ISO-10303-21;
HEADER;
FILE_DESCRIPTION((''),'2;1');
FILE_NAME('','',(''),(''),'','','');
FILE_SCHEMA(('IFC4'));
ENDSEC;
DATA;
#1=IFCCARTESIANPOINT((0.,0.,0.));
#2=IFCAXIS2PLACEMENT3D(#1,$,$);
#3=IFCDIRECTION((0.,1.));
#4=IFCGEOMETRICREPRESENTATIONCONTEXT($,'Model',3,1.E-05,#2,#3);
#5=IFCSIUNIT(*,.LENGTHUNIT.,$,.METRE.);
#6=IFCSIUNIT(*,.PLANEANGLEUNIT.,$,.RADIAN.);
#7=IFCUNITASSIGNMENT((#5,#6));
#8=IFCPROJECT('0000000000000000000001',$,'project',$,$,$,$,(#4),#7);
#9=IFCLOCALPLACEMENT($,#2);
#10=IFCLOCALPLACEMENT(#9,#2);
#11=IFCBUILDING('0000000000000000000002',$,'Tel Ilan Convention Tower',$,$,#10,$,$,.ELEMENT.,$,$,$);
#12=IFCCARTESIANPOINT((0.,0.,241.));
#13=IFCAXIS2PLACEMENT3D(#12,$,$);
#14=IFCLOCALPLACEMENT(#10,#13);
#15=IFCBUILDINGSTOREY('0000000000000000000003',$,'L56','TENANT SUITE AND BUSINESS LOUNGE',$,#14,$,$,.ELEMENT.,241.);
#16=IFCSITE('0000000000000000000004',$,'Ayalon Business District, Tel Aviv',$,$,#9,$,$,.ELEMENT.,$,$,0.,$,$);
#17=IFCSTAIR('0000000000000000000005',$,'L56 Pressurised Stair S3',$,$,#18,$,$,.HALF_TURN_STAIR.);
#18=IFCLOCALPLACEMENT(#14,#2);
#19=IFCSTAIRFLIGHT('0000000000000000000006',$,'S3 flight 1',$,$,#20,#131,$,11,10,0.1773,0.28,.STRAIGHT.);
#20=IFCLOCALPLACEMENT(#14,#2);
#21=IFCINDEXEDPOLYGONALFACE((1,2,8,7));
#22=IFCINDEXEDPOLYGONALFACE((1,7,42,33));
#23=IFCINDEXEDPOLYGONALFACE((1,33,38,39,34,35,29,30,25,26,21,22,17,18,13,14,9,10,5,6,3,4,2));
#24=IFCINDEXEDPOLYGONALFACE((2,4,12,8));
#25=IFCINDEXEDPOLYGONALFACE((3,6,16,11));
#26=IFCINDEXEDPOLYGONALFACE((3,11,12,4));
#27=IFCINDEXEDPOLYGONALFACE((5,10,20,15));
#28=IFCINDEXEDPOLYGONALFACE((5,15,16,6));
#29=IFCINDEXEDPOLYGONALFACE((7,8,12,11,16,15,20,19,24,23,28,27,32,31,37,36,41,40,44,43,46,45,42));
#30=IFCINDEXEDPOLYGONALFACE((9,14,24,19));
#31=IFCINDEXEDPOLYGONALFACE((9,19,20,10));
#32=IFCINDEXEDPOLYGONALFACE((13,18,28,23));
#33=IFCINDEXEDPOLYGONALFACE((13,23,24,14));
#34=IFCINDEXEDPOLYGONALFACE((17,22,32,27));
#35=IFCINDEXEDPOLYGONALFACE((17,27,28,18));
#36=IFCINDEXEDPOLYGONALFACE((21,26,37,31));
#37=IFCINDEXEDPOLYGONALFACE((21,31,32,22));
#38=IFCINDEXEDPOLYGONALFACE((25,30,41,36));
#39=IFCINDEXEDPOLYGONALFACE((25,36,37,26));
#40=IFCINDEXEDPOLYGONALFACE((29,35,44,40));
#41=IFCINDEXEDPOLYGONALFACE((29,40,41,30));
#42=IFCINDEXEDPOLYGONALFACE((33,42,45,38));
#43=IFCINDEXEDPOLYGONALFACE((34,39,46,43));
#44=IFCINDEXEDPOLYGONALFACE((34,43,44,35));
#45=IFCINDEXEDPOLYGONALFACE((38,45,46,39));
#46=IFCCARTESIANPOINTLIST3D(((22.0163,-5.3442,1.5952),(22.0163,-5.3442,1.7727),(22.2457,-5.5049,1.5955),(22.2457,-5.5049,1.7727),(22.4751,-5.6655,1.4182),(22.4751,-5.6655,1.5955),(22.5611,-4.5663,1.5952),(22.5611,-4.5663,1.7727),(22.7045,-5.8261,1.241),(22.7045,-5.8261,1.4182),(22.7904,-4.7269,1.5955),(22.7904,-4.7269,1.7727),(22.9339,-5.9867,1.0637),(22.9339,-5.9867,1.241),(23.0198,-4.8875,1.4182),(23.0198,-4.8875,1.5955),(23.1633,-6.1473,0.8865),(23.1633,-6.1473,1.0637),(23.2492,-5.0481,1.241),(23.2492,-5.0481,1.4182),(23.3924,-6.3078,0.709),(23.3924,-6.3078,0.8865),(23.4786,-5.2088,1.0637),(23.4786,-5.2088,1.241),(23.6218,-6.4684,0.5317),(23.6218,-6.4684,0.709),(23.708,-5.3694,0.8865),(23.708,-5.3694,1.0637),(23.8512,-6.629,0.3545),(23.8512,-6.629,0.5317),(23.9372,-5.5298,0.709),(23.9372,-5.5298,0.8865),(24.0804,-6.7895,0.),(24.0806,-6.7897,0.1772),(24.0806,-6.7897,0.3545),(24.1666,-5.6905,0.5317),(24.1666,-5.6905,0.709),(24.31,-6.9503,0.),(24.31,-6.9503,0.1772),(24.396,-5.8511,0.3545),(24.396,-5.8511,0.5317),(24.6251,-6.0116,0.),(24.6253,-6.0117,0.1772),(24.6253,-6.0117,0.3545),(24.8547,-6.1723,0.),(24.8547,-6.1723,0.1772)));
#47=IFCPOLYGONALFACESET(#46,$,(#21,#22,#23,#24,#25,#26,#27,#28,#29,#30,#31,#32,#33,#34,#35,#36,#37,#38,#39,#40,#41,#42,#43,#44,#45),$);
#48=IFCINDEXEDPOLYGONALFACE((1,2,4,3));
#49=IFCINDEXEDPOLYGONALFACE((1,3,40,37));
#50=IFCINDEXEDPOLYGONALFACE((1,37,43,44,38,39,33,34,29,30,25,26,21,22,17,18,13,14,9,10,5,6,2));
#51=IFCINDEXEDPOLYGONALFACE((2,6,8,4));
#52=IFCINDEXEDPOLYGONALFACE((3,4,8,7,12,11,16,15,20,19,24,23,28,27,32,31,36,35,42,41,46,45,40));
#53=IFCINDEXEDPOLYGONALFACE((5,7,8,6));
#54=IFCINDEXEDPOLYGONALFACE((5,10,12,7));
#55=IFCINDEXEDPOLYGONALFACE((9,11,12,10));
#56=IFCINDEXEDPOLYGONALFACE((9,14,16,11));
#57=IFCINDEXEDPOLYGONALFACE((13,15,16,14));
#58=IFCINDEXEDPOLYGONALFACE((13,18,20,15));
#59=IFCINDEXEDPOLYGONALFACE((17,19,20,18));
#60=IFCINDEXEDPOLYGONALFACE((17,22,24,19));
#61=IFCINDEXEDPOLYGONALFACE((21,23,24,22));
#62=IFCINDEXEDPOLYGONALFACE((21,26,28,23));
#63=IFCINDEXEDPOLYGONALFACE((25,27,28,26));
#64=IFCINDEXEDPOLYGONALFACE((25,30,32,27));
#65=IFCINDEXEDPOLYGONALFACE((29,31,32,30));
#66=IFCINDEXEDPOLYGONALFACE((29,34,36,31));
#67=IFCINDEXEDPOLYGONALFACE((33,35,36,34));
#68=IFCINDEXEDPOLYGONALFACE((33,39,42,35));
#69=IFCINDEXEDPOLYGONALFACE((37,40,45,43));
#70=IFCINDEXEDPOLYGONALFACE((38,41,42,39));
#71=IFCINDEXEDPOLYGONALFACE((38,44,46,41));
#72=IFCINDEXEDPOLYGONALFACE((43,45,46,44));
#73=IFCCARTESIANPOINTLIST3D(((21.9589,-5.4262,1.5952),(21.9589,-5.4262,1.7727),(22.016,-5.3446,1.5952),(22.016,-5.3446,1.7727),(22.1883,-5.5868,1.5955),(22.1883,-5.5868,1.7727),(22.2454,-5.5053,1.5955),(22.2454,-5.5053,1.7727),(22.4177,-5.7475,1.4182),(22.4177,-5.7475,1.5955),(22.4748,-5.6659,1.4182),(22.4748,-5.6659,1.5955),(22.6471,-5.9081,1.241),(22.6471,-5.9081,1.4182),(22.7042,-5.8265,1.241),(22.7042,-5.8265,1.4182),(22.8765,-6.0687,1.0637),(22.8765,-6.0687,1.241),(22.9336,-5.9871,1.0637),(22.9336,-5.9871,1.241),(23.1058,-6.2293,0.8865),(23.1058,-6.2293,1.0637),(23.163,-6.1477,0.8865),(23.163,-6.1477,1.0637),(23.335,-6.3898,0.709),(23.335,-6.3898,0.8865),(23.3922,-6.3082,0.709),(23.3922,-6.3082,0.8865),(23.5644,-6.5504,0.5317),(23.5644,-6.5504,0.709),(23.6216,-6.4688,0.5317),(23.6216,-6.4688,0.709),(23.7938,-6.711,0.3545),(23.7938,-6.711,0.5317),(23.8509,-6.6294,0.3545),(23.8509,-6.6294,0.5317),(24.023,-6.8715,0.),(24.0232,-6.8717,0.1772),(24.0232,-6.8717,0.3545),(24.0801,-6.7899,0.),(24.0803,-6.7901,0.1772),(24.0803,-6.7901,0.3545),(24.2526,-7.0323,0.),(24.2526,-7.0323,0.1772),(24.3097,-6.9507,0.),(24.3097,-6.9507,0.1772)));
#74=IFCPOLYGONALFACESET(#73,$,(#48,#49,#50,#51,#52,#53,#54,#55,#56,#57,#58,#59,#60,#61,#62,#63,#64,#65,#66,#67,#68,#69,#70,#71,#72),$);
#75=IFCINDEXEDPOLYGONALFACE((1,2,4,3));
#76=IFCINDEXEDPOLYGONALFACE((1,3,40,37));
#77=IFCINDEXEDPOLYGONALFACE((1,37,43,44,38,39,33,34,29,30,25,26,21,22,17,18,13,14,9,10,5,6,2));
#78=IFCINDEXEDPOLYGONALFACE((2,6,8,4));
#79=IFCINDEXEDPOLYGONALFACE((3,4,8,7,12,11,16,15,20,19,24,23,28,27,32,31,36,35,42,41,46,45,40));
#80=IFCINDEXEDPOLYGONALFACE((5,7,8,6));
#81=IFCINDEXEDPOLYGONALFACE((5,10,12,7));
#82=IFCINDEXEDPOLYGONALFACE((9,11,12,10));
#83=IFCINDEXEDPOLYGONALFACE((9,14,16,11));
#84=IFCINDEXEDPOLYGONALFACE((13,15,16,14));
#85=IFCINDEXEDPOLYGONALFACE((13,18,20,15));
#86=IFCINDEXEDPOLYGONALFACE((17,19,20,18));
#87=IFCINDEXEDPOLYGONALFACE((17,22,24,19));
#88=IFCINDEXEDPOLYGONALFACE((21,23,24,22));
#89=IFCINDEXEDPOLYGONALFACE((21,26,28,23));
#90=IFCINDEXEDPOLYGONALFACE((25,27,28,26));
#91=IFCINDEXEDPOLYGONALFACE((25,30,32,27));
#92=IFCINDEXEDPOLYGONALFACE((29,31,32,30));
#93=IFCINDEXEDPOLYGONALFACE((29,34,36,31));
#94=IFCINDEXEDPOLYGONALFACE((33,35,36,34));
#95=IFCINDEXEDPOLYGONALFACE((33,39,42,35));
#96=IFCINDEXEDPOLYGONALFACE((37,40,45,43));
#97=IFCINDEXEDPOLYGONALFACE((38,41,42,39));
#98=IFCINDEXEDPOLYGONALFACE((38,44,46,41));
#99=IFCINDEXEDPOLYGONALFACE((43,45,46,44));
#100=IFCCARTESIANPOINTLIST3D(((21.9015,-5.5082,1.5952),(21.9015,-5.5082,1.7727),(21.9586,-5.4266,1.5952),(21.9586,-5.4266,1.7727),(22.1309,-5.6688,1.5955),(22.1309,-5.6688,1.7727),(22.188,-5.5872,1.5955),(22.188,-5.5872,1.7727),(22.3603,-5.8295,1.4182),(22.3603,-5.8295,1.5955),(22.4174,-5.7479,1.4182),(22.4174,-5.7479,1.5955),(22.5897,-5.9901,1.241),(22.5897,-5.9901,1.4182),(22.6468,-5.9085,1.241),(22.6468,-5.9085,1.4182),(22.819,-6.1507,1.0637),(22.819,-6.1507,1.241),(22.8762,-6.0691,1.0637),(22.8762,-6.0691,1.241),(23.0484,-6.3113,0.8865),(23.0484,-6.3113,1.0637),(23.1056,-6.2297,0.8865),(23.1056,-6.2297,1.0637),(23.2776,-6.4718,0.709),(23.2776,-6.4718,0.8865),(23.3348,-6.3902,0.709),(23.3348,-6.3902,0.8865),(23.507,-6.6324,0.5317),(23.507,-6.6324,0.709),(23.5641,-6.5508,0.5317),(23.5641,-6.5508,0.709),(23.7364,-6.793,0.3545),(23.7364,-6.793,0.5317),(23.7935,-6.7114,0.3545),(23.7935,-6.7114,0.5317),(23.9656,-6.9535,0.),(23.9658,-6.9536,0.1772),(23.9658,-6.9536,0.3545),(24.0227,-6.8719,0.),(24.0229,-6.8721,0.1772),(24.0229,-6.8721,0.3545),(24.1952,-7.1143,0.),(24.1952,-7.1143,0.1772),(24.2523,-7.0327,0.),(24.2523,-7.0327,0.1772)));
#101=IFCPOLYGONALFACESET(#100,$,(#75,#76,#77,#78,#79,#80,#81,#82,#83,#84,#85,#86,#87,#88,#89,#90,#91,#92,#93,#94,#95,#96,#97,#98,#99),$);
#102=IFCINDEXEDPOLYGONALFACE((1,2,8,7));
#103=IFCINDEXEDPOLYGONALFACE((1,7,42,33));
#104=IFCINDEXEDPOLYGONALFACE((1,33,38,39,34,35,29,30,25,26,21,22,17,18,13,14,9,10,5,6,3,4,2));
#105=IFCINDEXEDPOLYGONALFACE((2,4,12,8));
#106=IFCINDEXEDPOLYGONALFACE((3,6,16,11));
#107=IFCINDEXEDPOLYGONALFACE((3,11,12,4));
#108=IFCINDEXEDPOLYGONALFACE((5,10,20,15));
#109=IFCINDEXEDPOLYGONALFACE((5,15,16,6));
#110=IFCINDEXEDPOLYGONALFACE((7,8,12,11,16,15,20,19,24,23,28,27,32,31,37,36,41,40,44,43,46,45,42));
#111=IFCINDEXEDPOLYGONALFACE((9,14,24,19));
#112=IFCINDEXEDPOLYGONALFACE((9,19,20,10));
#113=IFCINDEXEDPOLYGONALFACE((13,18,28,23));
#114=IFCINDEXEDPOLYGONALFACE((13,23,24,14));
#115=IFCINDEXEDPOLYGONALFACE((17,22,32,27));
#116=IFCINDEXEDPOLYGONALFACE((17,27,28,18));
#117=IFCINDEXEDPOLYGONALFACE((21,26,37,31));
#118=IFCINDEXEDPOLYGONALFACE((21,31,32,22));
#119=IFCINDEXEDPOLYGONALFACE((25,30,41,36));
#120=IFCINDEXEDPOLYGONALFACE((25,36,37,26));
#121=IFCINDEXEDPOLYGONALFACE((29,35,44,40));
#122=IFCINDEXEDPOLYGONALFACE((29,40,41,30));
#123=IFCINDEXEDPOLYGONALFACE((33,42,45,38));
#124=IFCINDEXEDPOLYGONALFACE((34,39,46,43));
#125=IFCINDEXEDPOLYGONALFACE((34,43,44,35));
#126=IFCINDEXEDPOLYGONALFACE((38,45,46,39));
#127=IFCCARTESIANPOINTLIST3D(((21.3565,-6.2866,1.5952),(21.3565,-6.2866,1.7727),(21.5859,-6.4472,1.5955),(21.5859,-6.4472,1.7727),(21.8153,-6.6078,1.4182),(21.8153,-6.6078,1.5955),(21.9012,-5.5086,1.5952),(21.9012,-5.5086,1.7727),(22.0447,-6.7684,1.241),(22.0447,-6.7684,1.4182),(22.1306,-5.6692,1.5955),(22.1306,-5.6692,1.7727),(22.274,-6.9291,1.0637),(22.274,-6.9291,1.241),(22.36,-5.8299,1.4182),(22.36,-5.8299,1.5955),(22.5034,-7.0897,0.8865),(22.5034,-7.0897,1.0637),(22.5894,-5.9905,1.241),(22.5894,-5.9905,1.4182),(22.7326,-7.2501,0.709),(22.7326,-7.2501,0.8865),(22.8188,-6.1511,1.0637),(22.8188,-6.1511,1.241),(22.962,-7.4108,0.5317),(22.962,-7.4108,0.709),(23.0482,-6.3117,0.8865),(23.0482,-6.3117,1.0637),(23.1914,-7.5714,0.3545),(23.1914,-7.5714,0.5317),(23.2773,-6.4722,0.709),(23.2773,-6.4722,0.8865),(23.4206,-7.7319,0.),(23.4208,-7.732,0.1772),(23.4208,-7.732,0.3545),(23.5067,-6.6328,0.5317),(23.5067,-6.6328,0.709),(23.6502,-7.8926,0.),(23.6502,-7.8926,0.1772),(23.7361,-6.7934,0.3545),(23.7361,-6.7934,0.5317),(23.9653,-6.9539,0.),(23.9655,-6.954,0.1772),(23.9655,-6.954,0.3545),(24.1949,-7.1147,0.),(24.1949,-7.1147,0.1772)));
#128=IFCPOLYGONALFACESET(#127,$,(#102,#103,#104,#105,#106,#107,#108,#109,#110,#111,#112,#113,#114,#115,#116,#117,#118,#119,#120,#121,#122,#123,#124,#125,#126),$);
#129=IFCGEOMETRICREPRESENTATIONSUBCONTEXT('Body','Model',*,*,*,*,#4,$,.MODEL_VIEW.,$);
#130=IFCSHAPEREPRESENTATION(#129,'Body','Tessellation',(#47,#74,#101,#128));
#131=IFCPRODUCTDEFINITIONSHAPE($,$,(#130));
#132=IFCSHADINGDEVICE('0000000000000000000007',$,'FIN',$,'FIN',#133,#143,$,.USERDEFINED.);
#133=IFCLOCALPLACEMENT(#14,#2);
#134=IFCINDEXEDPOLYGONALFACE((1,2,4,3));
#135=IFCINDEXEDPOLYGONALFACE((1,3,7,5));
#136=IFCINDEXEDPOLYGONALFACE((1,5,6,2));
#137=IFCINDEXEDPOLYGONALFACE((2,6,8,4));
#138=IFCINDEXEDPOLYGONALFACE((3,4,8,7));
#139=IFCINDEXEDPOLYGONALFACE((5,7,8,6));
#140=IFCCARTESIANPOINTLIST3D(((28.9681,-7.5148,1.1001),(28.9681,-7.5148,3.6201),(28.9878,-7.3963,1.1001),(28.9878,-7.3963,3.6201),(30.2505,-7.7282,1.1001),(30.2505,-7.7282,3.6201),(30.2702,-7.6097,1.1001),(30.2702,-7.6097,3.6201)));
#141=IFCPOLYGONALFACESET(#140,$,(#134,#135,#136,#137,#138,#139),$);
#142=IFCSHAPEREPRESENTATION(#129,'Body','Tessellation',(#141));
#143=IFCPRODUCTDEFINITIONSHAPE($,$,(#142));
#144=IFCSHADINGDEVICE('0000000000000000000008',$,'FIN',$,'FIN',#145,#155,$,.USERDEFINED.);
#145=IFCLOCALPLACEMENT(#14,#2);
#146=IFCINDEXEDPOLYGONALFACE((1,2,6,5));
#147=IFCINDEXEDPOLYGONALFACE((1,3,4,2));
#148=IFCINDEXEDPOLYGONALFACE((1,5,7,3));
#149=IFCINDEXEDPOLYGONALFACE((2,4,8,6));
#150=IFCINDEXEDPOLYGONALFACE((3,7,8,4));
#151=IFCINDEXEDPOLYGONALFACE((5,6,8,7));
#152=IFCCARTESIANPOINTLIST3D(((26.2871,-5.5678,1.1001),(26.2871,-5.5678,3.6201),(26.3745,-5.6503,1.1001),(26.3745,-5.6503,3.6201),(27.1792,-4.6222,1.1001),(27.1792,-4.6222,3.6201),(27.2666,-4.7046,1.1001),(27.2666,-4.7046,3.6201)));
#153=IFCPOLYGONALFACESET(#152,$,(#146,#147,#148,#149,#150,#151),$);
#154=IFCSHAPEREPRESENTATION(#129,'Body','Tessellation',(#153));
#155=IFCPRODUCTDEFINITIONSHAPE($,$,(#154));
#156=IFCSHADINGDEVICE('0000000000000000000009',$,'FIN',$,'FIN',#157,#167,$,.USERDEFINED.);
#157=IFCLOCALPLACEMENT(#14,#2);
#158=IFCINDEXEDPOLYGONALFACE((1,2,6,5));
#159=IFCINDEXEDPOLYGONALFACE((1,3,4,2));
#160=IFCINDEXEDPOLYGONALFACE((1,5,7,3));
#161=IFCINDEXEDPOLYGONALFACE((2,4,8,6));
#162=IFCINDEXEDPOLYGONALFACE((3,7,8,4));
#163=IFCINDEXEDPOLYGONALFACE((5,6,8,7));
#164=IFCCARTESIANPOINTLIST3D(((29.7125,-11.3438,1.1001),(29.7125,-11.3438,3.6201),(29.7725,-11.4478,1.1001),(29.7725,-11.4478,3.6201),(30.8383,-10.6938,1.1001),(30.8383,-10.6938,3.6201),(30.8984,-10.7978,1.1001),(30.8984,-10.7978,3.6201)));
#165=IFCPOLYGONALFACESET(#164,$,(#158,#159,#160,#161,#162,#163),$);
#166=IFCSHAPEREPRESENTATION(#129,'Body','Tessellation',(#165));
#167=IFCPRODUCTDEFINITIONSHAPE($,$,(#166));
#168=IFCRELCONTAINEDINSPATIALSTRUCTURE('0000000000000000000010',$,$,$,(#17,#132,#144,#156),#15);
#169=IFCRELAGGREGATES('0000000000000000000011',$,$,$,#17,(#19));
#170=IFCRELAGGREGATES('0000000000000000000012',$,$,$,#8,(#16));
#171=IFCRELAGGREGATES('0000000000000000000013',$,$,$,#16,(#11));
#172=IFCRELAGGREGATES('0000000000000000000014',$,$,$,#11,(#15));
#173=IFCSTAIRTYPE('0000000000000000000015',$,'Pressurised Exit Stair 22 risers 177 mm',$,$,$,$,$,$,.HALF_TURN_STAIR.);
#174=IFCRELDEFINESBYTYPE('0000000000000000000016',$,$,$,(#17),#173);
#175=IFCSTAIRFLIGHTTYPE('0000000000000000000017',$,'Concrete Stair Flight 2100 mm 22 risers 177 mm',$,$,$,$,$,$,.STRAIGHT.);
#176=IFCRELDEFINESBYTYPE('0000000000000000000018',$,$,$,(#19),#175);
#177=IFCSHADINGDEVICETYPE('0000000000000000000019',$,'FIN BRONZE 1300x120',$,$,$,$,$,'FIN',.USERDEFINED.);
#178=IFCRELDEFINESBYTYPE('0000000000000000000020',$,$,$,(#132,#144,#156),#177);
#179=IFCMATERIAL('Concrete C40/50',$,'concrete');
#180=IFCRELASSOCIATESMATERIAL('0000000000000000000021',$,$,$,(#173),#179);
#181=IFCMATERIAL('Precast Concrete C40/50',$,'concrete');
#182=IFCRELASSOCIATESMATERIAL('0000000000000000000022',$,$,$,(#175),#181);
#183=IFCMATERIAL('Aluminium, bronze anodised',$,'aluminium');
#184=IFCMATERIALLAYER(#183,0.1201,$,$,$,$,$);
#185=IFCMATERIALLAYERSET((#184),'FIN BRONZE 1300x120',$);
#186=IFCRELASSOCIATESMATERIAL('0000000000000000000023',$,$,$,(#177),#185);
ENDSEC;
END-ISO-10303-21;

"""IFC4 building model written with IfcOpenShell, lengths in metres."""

from ifc_helpers import new_model, si_unit, direction, frame, origin, origin_2d, place, context, subcontext, project, spatial, polyline, rectangle, outline, extrude, material, layer, layer_set, type_object, element, aggregate, save


model = new_model("IFC4")

# Units and contexts
model_context = context("Model", 3, precision=1e-05, world=origin(), true_north=direction((0.0, 1.0)))
body_context = subcontext(model_context, "Body", "Model", "MODEL_VIEW")
ifc_project = project(units=[si_unit("LENGTHUNIT", "METRE"), si_unit("PLANEANGLEUNIT", "RADIAN")], contexts=[model_context])

# Site, building, storey
site_placement = place(None, origin())
site = spatial("IfcSite", under=ifc_project, at=site_placement, Name="Ayalon Business District, Tel Aviv", CompositionType="ELEMENT", RefElevation=0.0)
building_placement = place(site_placement, origin())
building = spatial("IfcBuilding", under=site, at=building_placement, Name="Tel Ilan Convention Tower", CompositionType="ELEMENT")
storey_placement = place(building_placement, frame((0.0, 0.0, 241.0)))
storey = spatial("IfcBuildingStorey", under=building, at=storey_placement, Name="L56", Description="TENANT SUITE AND BUSINESS LOUNGE", CompositionType="ELEMENT", Elevation=241.0)

# Stair, stair flight
ifc_material_1 = material(Name="Concrete C40/50", Category="concrete")
stair_type = type_object("IfcStairType", Name="Pressurised Exit Stair 22 risers 177 mm", PredefinedType="HALF_TURN_STAIR", material=ifc_material_1)
stair_placement = place(storey_placement, origin())
stair = element("IfcStair", 1, at=stair_placement, inside=storey, type_object=stair_type, Name="L56 Pressurised Stair S3", PredefinedType="HALF_TURN_STAIR")
ifc_material_2 = material(Name="Precast Concrete C40/50", Category="concrete")
stair_flight_type = type_object("IfcStairFlightType", Name="Concrete Stair Flight 2100 mm 22 risers 177 mm", PredefinedType="STRAIGHT", material=ifc_material_2)
stair_flight_placement = place(storey_placement, frame((24.2524, -7.0325, 0.0), z_axis=(0.0, 0.0, 1.0), x_axis=(-0.819152, 0.573576, 0.0)))
stair_flight = element("IfcStairFlight", 2, at=stair_flight_placement, type_object=stair_flight_type, Name="S3 flight 1", NumberOfRisers=11, NumberOfTreads=10, PredefinedType="STRAIGHT", RiserHeight=0.1773, TreadLength=0.28, context=body_context, shape_type="SweptSolid", body=[
    extrude(outline(polyline([(0.0, 0.0), (0.0, 0.1772), (0.28, 0.1772), (0.28, 0.3545), (0.5601, 0.3545), (0.5601, 0.5317), (0.8401, 0.5317), (0.8401, 0.709), (1.1201, 0.709), (1.1201, 0.8865), (1.3999, 0.8865), (1.3999, 1.0637), (1.6799, 1.0637), (1.6799, 1.241), (1.96, 1.241), (1.96, 1.4182), (2.24, 1.4182), (2.24, 1.5955), (2.52, 1.5955), (2.52, 1.7727), (2.8, 1.7727), (2.8, 1.95), (2.8, 1.5952), (0.2803, 0.0), (0.0, 0.0)])), frame((0.0, -0.1003, 0.0), z_axis=(0.0, -1.0, 0.0), x_axis=(1.0, 0.0, 0.0)), (0.0, 0.0, 1.0), 0.9497),
    extrude(outline(polyline([(0.0, 0.0), (0.0, 0.1772), (0.28, 0.1772), (0.28, 0.3545), (0.5601, 0.3545), (0.5601, 0.5317), (0.8401, 0.5317), (0.8401, 0.709), (1.1201, 0.709), (1.1201, 0.8865), (1.3999, 0.8865), (1.3999, 1.0637), (1.6799, 1.0637), (1.6799, 1.241), (1.96, 1.241), (1.96, 1.4182), (2.24, 1.4182), (2.24, 1.5955), (2.52, 1.5955), (2.52, 1.7727), (2.8, 1.7727), (2.8, 1.95), (2.8, 1.5952), (0.2803, 0.0), (0.0, 0.0)])), frame((0.0, -0.0002, 0.0), z_axis=(0.0, -1.0, 0.0), x_axis=(1.0, 0.0, 0.0)), (0.0, 0.0, 1.0), 0.0996),
    extrude(outline(polyline([(0.0, 0.0), (0.0, 0.1772), (0.28, 0.1772), (0.28, 0.3545), (0.5601, 0.3545), (0.5601, 0.5317), (0.8401, 0.5317), (0.8401, 0.709), (1.1201, 0.709), (1.1201, 0.8865), (1.3999, 0.8865), (1.3999, 1.0637), (1.6799, 1.0637), (1.6799, 1.241), (1.96, 1.241), (1.96, 1.4182), (2.24, 1.4182), (2.24, 1.5955), (2.52, 1.5955), (2.52, 1.7727), (2.8, 1.7727), (2.8, 1.95), (2.8, 1.5952), (0.2803, 0.0), (0.0, 0.0)])), frame((0.0, 0.0999, 0.0), z_axis=(0.0, -1.0, 0.0), x_axis=(1.0, 0.0, 0.0)), (0.0, 0.0, 1.0), 0.0996),
    extrude(outline(polyline([(0.0, 0.0), (0.0, 0.1772), (0.28, 0.1772), (0.28, 0.3545), (0.5601, 0.3545), (0.5601, 0.5317), (0.8401, 0.5317), (0.8401, 0.709), (1.1201, 0.709), (1.1201, 0.8865), (1.3999, 0.8865), (1.3999, 1.0637), (1.6799, 1.0637), (1.6799, 1.241), (1.96, 1.241), (1.96, 1.4182), (2.24, 1.4182), (2.24, 1.5955), (2.52, 1.5955), (2.52, 1.7727), (2.8, 1.7727), (2.8, 1.95), (2.8, 1.5952), (0.2803, 0.0), (0.0, 0.0)])), frame((0.0, 1.05, 0.0), z_axis=(0.0, -1.0, 0.0), x_axis=(1.0, 0.0, 0.0)), (0.0, 0.0, 1.0), 0.9497),
])
aggregate(stair, [stair_flight])

# Shading devices
ifc_material_3 = material(Name="Aluminium, bronze anodised", Category="aluminium")
ifc_layer_1 = layer(ifc_material_3, 0.1201)
ifc_layer_set_1 = layer_set([ifc_layer_1], Name="FIN BRONZE 1300x120")
shading_device_type = type_object("IfcShadingDeviceType", Name="FIN BRONZE 1300x120", ElementType="FIN", PredefinedType="USERDEFINED", material=ifc_layer_set_1)
for number, where, z_axis, x_axis, name in (
    (3, (29.6191, -7.5623, 1.1001), (0.0, 0.0, 1.0), (0.986445, -0.164091, 0.0), "FIN"),
    (4, (26.7769, -5.1362, 1.1001), (0.0, 0.0, 1.0), (0.686242, 0.727374, 0.0), "FIN"),
    (5, (30.3054, -11.0708, 1.1001), (0.0, 0.0, 1.0), (0.866025, 0.5, 0.0), "FIN"),
):
    element("IfcShadingDevice", number, at=place(storey_placement, frame(where, z_axis=z_axis, x_axis=x_axis)), inside=storey, type_object=shading_device_type, Name=name, ObjectType="FIN", PredefinedType="USERDEFINED", context=body_context, shape_type="SweptSolid", body=[
        extrude(rectangle(XDim=1.3, YDim=0.1201, at=origin_2d()), origin(), (0.0, 0.0, 1.0), 2.52),
    ])

save(model, "model.ifc")
